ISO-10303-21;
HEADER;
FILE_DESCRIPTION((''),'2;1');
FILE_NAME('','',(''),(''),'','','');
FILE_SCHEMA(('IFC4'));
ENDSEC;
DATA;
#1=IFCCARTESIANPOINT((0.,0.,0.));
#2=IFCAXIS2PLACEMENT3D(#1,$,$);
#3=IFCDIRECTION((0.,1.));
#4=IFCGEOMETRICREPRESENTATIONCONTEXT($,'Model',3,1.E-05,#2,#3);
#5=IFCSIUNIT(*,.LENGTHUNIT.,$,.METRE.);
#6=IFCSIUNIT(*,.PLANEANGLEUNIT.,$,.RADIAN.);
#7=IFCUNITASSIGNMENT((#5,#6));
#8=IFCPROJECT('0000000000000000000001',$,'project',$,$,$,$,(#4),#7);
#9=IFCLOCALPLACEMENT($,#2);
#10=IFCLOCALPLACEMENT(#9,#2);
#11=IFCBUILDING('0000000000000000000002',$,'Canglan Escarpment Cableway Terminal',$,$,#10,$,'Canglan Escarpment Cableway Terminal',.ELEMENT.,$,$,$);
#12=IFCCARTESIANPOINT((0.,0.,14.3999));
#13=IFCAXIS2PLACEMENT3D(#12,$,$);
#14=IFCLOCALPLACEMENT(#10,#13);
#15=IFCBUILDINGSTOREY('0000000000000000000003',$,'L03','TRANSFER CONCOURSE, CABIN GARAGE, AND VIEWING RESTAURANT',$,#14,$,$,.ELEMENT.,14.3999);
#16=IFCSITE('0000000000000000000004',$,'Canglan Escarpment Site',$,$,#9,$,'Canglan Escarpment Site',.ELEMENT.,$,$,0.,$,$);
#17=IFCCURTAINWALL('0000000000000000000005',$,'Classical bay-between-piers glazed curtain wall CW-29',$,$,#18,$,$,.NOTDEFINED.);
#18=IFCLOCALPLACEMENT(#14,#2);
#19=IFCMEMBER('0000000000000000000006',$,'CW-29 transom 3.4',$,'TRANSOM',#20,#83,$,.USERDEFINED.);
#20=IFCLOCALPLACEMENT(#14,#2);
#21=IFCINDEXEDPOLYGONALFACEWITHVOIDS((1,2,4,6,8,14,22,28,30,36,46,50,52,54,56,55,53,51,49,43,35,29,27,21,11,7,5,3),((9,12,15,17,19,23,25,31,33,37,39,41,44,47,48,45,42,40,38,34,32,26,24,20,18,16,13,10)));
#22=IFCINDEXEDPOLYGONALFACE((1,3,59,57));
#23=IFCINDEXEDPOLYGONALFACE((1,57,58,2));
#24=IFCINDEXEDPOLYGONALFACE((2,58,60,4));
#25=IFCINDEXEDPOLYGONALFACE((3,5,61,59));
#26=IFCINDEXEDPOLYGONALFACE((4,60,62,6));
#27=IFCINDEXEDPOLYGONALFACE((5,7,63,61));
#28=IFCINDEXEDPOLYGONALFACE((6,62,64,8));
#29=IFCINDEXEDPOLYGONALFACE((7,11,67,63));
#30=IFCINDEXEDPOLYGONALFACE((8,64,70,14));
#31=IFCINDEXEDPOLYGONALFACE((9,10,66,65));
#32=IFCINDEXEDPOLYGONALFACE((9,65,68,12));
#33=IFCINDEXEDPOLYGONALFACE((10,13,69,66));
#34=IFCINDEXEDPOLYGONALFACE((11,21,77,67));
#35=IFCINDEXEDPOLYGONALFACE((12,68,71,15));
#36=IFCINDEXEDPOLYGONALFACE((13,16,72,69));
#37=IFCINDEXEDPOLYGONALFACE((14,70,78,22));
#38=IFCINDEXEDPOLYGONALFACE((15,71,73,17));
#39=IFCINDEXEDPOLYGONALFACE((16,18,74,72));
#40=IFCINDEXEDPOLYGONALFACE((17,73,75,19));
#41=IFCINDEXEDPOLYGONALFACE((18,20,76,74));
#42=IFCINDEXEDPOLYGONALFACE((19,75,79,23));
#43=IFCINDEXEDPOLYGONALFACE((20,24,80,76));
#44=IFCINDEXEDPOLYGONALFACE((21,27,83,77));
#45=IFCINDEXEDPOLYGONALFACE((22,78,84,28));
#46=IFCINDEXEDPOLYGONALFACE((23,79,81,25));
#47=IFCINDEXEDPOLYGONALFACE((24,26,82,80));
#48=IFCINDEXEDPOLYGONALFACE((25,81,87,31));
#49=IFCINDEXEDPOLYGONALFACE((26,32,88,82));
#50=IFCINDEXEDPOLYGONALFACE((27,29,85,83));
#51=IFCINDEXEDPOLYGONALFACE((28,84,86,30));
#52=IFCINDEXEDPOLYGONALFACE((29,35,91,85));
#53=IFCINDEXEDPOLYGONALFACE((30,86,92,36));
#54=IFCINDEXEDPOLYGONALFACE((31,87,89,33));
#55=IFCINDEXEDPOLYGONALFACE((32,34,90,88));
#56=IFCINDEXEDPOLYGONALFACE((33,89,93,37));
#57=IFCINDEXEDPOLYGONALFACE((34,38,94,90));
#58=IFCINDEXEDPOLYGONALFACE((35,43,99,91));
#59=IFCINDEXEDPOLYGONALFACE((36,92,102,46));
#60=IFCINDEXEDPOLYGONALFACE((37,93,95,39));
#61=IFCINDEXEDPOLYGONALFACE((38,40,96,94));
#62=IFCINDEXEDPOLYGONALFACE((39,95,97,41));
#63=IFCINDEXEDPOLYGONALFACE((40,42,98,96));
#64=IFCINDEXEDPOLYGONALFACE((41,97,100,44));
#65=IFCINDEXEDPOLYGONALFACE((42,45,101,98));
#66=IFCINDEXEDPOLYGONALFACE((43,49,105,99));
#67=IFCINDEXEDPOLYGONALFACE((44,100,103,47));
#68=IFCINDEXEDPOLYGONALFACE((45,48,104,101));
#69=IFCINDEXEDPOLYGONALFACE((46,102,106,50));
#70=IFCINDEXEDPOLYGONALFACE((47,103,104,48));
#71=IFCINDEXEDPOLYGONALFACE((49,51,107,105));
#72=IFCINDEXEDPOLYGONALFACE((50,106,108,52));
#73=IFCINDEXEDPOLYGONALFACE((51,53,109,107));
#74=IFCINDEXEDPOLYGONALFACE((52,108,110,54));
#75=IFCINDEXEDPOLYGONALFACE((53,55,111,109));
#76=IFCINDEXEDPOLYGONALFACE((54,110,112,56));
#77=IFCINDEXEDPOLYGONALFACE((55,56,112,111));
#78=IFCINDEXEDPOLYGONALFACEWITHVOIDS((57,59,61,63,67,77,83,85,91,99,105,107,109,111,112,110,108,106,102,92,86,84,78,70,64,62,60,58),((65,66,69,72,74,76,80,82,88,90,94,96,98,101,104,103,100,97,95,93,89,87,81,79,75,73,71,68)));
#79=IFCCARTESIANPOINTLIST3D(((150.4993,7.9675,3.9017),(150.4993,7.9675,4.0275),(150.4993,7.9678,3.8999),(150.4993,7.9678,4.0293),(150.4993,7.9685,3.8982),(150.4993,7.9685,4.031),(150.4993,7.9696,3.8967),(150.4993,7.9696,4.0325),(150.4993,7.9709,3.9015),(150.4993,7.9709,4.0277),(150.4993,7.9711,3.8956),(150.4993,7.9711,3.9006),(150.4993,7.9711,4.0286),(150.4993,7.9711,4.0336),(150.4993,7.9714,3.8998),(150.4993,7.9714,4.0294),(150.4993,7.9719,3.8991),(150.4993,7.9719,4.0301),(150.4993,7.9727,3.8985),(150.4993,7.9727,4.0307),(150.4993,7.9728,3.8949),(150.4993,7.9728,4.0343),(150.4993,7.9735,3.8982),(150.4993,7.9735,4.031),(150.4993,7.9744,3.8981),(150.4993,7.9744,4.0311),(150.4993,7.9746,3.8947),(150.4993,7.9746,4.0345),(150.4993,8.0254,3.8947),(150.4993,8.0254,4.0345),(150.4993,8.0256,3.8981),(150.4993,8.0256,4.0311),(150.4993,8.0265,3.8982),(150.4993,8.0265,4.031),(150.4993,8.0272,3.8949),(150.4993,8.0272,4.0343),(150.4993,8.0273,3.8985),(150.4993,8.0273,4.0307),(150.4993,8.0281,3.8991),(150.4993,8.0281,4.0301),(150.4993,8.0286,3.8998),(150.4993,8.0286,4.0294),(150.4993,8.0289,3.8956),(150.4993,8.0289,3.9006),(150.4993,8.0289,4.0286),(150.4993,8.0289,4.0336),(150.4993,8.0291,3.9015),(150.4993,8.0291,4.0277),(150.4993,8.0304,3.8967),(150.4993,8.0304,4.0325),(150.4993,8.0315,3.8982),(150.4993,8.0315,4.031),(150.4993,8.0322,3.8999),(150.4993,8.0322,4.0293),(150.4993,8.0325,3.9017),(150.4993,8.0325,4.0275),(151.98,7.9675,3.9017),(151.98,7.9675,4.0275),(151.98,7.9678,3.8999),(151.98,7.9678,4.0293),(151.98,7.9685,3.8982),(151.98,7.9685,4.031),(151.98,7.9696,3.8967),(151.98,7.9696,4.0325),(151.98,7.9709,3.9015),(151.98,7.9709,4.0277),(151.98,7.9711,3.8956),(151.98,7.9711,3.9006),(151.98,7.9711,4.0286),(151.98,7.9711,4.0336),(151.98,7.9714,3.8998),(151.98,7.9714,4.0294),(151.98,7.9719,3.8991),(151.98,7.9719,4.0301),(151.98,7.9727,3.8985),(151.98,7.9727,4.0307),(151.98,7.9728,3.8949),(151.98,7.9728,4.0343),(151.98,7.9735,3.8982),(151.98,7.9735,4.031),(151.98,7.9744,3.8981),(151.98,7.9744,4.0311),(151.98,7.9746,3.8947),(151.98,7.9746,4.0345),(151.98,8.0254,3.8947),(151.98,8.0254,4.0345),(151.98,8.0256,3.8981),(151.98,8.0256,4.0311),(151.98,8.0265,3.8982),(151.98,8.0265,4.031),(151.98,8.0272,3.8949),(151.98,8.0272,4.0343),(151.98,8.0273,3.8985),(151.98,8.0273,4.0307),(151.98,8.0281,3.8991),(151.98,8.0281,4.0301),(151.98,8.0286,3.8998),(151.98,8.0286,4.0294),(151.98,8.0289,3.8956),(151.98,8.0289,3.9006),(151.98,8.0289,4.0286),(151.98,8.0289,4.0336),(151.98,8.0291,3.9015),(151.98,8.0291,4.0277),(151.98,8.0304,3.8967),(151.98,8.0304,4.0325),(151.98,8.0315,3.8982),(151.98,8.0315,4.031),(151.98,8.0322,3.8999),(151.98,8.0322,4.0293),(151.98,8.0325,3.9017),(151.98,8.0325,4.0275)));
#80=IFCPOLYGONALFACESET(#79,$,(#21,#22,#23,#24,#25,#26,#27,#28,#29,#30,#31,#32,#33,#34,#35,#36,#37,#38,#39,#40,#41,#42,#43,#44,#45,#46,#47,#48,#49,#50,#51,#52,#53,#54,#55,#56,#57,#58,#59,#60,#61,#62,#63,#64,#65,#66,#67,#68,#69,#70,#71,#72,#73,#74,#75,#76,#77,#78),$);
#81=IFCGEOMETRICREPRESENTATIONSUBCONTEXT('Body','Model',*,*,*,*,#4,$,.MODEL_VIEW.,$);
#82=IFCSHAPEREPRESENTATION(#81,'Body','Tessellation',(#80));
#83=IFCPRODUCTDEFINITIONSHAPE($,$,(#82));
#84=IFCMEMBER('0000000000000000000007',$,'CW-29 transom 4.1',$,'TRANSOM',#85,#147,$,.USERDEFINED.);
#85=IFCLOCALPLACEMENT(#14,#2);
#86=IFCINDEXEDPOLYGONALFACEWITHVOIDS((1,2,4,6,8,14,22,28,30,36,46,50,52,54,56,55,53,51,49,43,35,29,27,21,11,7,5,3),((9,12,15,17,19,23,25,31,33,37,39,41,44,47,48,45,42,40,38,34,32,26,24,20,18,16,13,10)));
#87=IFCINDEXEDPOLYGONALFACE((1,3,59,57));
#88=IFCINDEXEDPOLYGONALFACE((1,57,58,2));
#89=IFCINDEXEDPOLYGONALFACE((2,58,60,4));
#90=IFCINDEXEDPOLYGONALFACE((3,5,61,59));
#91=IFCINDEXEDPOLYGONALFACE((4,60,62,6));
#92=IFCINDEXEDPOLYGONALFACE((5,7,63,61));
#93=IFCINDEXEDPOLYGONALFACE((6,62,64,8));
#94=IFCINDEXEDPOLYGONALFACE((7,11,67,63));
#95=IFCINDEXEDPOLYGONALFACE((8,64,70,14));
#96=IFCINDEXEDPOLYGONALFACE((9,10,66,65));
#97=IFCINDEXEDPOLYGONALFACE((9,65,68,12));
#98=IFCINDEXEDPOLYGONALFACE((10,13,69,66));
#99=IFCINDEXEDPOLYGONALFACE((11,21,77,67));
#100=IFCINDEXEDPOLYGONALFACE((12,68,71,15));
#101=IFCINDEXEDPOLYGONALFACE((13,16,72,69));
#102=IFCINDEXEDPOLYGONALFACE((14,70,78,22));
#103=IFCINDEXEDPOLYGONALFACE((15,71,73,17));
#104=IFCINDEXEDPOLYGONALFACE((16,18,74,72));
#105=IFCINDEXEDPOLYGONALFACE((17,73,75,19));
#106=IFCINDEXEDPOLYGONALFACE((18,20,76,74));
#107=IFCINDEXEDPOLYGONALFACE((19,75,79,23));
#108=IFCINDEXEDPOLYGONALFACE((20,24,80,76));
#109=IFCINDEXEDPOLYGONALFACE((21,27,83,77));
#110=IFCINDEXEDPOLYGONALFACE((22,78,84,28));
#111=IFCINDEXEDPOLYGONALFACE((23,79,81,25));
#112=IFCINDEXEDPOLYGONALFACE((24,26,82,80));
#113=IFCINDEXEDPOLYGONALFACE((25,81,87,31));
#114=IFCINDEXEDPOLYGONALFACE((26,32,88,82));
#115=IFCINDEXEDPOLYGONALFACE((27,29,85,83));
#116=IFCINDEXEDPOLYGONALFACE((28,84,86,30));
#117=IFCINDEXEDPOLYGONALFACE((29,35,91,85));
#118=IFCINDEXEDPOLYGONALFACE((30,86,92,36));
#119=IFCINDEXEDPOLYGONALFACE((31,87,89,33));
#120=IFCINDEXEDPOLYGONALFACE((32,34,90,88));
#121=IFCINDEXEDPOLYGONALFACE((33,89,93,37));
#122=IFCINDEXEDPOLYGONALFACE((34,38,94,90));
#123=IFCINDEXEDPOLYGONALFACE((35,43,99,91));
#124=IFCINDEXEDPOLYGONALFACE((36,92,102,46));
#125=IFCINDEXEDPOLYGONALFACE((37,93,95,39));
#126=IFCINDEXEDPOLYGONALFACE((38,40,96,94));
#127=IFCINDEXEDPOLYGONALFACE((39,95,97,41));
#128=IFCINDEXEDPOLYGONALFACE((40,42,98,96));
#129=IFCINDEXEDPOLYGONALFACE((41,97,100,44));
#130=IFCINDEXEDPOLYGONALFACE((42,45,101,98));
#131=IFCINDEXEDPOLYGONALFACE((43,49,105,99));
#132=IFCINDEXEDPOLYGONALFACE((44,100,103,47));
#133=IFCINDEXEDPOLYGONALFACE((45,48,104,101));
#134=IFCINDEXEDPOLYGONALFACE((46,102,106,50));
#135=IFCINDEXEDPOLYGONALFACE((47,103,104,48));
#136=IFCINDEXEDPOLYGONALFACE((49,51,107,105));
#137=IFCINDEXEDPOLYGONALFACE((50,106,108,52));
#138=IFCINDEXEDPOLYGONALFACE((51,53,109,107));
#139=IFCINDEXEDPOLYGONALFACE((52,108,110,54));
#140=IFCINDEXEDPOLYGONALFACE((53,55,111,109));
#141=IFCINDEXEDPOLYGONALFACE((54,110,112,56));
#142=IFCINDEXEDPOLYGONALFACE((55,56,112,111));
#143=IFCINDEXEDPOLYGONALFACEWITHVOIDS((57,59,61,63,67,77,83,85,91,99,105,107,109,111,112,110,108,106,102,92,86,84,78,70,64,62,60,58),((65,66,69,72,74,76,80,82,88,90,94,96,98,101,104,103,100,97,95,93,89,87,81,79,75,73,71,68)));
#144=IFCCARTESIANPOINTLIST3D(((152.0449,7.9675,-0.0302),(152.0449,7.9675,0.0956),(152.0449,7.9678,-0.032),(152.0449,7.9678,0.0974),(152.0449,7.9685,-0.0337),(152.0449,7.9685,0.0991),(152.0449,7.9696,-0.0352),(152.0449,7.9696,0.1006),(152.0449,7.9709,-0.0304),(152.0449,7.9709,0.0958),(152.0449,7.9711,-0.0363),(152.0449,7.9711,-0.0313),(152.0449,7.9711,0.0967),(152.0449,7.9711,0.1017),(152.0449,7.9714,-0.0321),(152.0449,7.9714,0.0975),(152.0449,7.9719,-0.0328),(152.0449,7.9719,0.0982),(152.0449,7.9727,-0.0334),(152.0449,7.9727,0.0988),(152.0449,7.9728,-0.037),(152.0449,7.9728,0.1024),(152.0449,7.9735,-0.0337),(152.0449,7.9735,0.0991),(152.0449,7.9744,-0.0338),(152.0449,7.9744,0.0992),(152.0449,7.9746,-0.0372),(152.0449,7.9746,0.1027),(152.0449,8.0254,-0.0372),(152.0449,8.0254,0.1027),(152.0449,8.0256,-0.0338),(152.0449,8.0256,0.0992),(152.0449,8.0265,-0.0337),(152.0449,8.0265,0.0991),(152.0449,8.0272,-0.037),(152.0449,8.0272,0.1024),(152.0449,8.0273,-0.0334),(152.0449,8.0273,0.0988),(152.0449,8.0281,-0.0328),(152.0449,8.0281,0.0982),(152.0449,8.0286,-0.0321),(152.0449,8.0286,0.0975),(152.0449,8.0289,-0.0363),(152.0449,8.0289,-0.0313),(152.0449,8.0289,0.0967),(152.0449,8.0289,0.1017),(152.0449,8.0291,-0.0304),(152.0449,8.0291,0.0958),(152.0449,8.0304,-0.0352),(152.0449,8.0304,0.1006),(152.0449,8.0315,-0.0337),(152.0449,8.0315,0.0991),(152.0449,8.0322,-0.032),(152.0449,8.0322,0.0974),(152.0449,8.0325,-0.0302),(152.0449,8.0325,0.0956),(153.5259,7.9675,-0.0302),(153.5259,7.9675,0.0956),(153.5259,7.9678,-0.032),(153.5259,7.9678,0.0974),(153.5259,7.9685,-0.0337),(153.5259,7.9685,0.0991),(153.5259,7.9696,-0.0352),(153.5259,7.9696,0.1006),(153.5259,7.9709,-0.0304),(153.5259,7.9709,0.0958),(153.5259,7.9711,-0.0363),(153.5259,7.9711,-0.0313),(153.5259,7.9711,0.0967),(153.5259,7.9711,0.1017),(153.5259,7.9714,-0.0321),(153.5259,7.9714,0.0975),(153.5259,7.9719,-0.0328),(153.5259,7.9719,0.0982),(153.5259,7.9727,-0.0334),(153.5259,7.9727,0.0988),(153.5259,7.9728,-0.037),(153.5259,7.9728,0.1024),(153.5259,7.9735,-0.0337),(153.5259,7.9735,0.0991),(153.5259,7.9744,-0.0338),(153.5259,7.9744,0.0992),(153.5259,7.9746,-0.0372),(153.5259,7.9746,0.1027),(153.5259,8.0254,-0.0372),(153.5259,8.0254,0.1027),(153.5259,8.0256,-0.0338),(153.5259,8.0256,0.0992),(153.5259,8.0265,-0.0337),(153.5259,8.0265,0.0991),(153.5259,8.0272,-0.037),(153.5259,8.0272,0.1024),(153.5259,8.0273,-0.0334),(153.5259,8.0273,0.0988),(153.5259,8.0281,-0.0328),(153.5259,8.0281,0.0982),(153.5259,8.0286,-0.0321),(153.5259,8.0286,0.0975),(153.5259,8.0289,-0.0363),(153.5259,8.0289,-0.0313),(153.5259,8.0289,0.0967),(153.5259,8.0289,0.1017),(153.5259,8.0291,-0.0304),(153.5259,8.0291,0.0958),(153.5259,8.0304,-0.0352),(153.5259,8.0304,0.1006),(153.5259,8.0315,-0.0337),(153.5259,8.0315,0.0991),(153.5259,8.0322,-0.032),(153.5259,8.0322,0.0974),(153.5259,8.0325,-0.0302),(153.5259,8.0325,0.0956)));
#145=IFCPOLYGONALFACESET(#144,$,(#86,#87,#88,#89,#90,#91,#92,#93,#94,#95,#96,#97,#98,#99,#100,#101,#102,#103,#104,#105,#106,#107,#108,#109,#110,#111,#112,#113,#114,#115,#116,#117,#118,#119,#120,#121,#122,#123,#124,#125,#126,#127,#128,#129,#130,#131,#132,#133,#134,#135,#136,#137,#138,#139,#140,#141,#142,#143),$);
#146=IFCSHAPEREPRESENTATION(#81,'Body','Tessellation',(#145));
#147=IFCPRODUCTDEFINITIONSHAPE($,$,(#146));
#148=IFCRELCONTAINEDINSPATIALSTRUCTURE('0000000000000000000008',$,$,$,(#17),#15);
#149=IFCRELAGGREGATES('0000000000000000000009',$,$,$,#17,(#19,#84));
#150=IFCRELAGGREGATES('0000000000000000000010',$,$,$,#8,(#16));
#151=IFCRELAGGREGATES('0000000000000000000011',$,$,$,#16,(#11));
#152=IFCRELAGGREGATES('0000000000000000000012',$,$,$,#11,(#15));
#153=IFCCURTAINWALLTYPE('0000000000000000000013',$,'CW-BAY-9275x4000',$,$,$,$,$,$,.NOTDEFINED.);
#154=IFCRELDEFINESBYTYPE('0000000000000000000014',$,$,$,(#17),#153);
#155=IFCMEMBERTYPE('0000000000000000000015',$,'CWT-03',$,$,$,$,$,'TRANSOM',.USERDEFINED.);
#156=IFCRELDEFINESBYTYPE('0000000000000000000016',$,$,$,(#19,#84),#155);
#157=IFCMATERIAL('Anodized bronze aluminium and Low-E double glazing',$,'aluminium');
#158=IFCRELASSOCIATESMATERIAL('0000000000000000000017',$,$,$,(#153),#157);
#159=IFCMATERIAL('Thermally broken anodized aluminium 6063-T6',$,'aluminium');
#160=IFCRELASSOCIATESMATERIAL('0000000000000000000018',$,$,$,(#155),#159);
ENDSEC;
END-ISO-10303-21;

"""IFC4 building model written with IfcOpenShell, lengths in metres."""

from ifc_helpers import new_model, si_unit, direction, frame, origin, origin_2d, place, context, subcontext, project, spatial, hollow_rectangle, extrude, material, material_profile, profile_set, type_object, element, aggregate, save


model = new_model("IFC4")

# Units and contexts
model_context = context("Model", 3, precision=1e-05, world=origin(), true_north=direction((0.0, 1.0)))
body_context = subcontext(model_context, "Body", "Model", "MODEL_VIEW")
ifc_project = project(units=[si_unit("LENGTHUNIT", "METRE"), si_unit("PLANEANGLEUNIT", "RADIAN")], contexts=[model_context])

# Site, building, storey
site_placement = place(None, origin())
site = spatial("IfcSite", under=ifc_project, at=site_placement, Name="Canglan Escarpment Site", LongName="Canglan Escarpment Site", CompositionType="ELEMENT", RefElevation=0.0)
building_placement = place(site_placement, origin())
building = spatial("IfcBuilding", under=site, at=building_placement, Name="Canglan Escarpment Cableway Terminal", LongName="Canglan Escarpment Cableway Terminal", CompositionType="ELEMENT")
storey_placement = place(building_placement, frame((0.0, 0.0, 14.3999)))
storey = spatial("IfcBuildingStorey", under=building, at=storey_placement, Name="L03", Description="TRANSFER CONCOURSE, CABIN GARAGE, AND VIEWING RESTAURANT", CompositionType="ELEMENT", Elevation=14.3999)

# Curtain wall, members
ifc_material_1 = material(Name="Anodized bronze aluminium and Low-E double glazing", Category="aluminium")
curtain_wall_type = type_object("IfcCurtainWallType", Name="CW-BAY-9275x4000", PredefinedType="NOTDEFINED", material=ifc_material_1)
curtain_wall_placement = place(storey_placement, origin())
curtain_wall = element("IfcCurtainWall", 1, at=curtain_wall_placement, inside=storey, type_object=curtain_wall_type, Name="Classical bay-between-piers glazed curtain wall CW-29", PredefinedType="NOTDEFINED")
ifc_material_2 = material(Name="Thermally broken anodized aluminium 6063-T6", Category="aluminium")
ifc_material_profile_1 = material_profile(ifc_material_2, hollow_rectangle(XDim=0.0649, YDim=0.1399, WallThickness=0.0034, InnerFilletRadius=0.0034, OuterFilletRadius=0.0071, at=origin_2d()), Name="ALU-TRAN 65x140x3.5")
ifc_profile_set_1 = profile_set([ifc_material_profile_1], Name="Thermally broken anodized aluminium 6063-T6")
member_type_1 = type_object("IfcMemberType", Name="CWT-03", ElementType="TRANSOM", PredefinedType="USERDEFINED", material=ifc_profile_set_1)
member_1_placement = place(storey_placement, frame((150.4993, 8.0, 3.9646), z_axis=(1.0, 0.0, 0.0), x_axis=(0.0, 1.0, 0.0)))
member_1 = element("IfcMember", 2, at=member_1_placement, type_object=member_type_1, Name="CW-29 transom 3.4", ObjectType="TRANSOM", PredefinedType="USERDEFINED", context=body_context, shape_type="SweptSolid", body=[
    extrude(hollow_rectangle(XDim=0.0649, YDim=0.1399, WallThickness=0.0034, InnerFilletRadius=0.0034, OuterFilletRadius=0.0071, at=origin_2d()), origin(), (0.0, 0.0, 1.0), 1.4807),
])
member_2_placement = place(storey_placement, frame((152.0449, 8.0, 0.0327), z_axis=(1.0, 0.0, 0.0), x_axis=(0.0, 1.0, 0.0)))
member_2 = element("IfcMember", 3, at=member_2_placement, type_object=member_type_1, Name="CW-29 transom 4.1", ObjectType="TRANSOM", PredefinedType="USERDEFINED", context=body_context, shape_type="SweptSolid", body=[
    extrude(hollow_rectangle(XDim=0.0649, YDim=0.1399, WallThickness=0.0034, InnerFilletRadius=0.0034, OuterFilletRadius=0.0071, at=origin_2d()), origin(), (0.0, 0.0, 1.0), 1.481),
])
aggregate(curtain_wall, [member_1, member_2])

save(model, "model.ifc")
